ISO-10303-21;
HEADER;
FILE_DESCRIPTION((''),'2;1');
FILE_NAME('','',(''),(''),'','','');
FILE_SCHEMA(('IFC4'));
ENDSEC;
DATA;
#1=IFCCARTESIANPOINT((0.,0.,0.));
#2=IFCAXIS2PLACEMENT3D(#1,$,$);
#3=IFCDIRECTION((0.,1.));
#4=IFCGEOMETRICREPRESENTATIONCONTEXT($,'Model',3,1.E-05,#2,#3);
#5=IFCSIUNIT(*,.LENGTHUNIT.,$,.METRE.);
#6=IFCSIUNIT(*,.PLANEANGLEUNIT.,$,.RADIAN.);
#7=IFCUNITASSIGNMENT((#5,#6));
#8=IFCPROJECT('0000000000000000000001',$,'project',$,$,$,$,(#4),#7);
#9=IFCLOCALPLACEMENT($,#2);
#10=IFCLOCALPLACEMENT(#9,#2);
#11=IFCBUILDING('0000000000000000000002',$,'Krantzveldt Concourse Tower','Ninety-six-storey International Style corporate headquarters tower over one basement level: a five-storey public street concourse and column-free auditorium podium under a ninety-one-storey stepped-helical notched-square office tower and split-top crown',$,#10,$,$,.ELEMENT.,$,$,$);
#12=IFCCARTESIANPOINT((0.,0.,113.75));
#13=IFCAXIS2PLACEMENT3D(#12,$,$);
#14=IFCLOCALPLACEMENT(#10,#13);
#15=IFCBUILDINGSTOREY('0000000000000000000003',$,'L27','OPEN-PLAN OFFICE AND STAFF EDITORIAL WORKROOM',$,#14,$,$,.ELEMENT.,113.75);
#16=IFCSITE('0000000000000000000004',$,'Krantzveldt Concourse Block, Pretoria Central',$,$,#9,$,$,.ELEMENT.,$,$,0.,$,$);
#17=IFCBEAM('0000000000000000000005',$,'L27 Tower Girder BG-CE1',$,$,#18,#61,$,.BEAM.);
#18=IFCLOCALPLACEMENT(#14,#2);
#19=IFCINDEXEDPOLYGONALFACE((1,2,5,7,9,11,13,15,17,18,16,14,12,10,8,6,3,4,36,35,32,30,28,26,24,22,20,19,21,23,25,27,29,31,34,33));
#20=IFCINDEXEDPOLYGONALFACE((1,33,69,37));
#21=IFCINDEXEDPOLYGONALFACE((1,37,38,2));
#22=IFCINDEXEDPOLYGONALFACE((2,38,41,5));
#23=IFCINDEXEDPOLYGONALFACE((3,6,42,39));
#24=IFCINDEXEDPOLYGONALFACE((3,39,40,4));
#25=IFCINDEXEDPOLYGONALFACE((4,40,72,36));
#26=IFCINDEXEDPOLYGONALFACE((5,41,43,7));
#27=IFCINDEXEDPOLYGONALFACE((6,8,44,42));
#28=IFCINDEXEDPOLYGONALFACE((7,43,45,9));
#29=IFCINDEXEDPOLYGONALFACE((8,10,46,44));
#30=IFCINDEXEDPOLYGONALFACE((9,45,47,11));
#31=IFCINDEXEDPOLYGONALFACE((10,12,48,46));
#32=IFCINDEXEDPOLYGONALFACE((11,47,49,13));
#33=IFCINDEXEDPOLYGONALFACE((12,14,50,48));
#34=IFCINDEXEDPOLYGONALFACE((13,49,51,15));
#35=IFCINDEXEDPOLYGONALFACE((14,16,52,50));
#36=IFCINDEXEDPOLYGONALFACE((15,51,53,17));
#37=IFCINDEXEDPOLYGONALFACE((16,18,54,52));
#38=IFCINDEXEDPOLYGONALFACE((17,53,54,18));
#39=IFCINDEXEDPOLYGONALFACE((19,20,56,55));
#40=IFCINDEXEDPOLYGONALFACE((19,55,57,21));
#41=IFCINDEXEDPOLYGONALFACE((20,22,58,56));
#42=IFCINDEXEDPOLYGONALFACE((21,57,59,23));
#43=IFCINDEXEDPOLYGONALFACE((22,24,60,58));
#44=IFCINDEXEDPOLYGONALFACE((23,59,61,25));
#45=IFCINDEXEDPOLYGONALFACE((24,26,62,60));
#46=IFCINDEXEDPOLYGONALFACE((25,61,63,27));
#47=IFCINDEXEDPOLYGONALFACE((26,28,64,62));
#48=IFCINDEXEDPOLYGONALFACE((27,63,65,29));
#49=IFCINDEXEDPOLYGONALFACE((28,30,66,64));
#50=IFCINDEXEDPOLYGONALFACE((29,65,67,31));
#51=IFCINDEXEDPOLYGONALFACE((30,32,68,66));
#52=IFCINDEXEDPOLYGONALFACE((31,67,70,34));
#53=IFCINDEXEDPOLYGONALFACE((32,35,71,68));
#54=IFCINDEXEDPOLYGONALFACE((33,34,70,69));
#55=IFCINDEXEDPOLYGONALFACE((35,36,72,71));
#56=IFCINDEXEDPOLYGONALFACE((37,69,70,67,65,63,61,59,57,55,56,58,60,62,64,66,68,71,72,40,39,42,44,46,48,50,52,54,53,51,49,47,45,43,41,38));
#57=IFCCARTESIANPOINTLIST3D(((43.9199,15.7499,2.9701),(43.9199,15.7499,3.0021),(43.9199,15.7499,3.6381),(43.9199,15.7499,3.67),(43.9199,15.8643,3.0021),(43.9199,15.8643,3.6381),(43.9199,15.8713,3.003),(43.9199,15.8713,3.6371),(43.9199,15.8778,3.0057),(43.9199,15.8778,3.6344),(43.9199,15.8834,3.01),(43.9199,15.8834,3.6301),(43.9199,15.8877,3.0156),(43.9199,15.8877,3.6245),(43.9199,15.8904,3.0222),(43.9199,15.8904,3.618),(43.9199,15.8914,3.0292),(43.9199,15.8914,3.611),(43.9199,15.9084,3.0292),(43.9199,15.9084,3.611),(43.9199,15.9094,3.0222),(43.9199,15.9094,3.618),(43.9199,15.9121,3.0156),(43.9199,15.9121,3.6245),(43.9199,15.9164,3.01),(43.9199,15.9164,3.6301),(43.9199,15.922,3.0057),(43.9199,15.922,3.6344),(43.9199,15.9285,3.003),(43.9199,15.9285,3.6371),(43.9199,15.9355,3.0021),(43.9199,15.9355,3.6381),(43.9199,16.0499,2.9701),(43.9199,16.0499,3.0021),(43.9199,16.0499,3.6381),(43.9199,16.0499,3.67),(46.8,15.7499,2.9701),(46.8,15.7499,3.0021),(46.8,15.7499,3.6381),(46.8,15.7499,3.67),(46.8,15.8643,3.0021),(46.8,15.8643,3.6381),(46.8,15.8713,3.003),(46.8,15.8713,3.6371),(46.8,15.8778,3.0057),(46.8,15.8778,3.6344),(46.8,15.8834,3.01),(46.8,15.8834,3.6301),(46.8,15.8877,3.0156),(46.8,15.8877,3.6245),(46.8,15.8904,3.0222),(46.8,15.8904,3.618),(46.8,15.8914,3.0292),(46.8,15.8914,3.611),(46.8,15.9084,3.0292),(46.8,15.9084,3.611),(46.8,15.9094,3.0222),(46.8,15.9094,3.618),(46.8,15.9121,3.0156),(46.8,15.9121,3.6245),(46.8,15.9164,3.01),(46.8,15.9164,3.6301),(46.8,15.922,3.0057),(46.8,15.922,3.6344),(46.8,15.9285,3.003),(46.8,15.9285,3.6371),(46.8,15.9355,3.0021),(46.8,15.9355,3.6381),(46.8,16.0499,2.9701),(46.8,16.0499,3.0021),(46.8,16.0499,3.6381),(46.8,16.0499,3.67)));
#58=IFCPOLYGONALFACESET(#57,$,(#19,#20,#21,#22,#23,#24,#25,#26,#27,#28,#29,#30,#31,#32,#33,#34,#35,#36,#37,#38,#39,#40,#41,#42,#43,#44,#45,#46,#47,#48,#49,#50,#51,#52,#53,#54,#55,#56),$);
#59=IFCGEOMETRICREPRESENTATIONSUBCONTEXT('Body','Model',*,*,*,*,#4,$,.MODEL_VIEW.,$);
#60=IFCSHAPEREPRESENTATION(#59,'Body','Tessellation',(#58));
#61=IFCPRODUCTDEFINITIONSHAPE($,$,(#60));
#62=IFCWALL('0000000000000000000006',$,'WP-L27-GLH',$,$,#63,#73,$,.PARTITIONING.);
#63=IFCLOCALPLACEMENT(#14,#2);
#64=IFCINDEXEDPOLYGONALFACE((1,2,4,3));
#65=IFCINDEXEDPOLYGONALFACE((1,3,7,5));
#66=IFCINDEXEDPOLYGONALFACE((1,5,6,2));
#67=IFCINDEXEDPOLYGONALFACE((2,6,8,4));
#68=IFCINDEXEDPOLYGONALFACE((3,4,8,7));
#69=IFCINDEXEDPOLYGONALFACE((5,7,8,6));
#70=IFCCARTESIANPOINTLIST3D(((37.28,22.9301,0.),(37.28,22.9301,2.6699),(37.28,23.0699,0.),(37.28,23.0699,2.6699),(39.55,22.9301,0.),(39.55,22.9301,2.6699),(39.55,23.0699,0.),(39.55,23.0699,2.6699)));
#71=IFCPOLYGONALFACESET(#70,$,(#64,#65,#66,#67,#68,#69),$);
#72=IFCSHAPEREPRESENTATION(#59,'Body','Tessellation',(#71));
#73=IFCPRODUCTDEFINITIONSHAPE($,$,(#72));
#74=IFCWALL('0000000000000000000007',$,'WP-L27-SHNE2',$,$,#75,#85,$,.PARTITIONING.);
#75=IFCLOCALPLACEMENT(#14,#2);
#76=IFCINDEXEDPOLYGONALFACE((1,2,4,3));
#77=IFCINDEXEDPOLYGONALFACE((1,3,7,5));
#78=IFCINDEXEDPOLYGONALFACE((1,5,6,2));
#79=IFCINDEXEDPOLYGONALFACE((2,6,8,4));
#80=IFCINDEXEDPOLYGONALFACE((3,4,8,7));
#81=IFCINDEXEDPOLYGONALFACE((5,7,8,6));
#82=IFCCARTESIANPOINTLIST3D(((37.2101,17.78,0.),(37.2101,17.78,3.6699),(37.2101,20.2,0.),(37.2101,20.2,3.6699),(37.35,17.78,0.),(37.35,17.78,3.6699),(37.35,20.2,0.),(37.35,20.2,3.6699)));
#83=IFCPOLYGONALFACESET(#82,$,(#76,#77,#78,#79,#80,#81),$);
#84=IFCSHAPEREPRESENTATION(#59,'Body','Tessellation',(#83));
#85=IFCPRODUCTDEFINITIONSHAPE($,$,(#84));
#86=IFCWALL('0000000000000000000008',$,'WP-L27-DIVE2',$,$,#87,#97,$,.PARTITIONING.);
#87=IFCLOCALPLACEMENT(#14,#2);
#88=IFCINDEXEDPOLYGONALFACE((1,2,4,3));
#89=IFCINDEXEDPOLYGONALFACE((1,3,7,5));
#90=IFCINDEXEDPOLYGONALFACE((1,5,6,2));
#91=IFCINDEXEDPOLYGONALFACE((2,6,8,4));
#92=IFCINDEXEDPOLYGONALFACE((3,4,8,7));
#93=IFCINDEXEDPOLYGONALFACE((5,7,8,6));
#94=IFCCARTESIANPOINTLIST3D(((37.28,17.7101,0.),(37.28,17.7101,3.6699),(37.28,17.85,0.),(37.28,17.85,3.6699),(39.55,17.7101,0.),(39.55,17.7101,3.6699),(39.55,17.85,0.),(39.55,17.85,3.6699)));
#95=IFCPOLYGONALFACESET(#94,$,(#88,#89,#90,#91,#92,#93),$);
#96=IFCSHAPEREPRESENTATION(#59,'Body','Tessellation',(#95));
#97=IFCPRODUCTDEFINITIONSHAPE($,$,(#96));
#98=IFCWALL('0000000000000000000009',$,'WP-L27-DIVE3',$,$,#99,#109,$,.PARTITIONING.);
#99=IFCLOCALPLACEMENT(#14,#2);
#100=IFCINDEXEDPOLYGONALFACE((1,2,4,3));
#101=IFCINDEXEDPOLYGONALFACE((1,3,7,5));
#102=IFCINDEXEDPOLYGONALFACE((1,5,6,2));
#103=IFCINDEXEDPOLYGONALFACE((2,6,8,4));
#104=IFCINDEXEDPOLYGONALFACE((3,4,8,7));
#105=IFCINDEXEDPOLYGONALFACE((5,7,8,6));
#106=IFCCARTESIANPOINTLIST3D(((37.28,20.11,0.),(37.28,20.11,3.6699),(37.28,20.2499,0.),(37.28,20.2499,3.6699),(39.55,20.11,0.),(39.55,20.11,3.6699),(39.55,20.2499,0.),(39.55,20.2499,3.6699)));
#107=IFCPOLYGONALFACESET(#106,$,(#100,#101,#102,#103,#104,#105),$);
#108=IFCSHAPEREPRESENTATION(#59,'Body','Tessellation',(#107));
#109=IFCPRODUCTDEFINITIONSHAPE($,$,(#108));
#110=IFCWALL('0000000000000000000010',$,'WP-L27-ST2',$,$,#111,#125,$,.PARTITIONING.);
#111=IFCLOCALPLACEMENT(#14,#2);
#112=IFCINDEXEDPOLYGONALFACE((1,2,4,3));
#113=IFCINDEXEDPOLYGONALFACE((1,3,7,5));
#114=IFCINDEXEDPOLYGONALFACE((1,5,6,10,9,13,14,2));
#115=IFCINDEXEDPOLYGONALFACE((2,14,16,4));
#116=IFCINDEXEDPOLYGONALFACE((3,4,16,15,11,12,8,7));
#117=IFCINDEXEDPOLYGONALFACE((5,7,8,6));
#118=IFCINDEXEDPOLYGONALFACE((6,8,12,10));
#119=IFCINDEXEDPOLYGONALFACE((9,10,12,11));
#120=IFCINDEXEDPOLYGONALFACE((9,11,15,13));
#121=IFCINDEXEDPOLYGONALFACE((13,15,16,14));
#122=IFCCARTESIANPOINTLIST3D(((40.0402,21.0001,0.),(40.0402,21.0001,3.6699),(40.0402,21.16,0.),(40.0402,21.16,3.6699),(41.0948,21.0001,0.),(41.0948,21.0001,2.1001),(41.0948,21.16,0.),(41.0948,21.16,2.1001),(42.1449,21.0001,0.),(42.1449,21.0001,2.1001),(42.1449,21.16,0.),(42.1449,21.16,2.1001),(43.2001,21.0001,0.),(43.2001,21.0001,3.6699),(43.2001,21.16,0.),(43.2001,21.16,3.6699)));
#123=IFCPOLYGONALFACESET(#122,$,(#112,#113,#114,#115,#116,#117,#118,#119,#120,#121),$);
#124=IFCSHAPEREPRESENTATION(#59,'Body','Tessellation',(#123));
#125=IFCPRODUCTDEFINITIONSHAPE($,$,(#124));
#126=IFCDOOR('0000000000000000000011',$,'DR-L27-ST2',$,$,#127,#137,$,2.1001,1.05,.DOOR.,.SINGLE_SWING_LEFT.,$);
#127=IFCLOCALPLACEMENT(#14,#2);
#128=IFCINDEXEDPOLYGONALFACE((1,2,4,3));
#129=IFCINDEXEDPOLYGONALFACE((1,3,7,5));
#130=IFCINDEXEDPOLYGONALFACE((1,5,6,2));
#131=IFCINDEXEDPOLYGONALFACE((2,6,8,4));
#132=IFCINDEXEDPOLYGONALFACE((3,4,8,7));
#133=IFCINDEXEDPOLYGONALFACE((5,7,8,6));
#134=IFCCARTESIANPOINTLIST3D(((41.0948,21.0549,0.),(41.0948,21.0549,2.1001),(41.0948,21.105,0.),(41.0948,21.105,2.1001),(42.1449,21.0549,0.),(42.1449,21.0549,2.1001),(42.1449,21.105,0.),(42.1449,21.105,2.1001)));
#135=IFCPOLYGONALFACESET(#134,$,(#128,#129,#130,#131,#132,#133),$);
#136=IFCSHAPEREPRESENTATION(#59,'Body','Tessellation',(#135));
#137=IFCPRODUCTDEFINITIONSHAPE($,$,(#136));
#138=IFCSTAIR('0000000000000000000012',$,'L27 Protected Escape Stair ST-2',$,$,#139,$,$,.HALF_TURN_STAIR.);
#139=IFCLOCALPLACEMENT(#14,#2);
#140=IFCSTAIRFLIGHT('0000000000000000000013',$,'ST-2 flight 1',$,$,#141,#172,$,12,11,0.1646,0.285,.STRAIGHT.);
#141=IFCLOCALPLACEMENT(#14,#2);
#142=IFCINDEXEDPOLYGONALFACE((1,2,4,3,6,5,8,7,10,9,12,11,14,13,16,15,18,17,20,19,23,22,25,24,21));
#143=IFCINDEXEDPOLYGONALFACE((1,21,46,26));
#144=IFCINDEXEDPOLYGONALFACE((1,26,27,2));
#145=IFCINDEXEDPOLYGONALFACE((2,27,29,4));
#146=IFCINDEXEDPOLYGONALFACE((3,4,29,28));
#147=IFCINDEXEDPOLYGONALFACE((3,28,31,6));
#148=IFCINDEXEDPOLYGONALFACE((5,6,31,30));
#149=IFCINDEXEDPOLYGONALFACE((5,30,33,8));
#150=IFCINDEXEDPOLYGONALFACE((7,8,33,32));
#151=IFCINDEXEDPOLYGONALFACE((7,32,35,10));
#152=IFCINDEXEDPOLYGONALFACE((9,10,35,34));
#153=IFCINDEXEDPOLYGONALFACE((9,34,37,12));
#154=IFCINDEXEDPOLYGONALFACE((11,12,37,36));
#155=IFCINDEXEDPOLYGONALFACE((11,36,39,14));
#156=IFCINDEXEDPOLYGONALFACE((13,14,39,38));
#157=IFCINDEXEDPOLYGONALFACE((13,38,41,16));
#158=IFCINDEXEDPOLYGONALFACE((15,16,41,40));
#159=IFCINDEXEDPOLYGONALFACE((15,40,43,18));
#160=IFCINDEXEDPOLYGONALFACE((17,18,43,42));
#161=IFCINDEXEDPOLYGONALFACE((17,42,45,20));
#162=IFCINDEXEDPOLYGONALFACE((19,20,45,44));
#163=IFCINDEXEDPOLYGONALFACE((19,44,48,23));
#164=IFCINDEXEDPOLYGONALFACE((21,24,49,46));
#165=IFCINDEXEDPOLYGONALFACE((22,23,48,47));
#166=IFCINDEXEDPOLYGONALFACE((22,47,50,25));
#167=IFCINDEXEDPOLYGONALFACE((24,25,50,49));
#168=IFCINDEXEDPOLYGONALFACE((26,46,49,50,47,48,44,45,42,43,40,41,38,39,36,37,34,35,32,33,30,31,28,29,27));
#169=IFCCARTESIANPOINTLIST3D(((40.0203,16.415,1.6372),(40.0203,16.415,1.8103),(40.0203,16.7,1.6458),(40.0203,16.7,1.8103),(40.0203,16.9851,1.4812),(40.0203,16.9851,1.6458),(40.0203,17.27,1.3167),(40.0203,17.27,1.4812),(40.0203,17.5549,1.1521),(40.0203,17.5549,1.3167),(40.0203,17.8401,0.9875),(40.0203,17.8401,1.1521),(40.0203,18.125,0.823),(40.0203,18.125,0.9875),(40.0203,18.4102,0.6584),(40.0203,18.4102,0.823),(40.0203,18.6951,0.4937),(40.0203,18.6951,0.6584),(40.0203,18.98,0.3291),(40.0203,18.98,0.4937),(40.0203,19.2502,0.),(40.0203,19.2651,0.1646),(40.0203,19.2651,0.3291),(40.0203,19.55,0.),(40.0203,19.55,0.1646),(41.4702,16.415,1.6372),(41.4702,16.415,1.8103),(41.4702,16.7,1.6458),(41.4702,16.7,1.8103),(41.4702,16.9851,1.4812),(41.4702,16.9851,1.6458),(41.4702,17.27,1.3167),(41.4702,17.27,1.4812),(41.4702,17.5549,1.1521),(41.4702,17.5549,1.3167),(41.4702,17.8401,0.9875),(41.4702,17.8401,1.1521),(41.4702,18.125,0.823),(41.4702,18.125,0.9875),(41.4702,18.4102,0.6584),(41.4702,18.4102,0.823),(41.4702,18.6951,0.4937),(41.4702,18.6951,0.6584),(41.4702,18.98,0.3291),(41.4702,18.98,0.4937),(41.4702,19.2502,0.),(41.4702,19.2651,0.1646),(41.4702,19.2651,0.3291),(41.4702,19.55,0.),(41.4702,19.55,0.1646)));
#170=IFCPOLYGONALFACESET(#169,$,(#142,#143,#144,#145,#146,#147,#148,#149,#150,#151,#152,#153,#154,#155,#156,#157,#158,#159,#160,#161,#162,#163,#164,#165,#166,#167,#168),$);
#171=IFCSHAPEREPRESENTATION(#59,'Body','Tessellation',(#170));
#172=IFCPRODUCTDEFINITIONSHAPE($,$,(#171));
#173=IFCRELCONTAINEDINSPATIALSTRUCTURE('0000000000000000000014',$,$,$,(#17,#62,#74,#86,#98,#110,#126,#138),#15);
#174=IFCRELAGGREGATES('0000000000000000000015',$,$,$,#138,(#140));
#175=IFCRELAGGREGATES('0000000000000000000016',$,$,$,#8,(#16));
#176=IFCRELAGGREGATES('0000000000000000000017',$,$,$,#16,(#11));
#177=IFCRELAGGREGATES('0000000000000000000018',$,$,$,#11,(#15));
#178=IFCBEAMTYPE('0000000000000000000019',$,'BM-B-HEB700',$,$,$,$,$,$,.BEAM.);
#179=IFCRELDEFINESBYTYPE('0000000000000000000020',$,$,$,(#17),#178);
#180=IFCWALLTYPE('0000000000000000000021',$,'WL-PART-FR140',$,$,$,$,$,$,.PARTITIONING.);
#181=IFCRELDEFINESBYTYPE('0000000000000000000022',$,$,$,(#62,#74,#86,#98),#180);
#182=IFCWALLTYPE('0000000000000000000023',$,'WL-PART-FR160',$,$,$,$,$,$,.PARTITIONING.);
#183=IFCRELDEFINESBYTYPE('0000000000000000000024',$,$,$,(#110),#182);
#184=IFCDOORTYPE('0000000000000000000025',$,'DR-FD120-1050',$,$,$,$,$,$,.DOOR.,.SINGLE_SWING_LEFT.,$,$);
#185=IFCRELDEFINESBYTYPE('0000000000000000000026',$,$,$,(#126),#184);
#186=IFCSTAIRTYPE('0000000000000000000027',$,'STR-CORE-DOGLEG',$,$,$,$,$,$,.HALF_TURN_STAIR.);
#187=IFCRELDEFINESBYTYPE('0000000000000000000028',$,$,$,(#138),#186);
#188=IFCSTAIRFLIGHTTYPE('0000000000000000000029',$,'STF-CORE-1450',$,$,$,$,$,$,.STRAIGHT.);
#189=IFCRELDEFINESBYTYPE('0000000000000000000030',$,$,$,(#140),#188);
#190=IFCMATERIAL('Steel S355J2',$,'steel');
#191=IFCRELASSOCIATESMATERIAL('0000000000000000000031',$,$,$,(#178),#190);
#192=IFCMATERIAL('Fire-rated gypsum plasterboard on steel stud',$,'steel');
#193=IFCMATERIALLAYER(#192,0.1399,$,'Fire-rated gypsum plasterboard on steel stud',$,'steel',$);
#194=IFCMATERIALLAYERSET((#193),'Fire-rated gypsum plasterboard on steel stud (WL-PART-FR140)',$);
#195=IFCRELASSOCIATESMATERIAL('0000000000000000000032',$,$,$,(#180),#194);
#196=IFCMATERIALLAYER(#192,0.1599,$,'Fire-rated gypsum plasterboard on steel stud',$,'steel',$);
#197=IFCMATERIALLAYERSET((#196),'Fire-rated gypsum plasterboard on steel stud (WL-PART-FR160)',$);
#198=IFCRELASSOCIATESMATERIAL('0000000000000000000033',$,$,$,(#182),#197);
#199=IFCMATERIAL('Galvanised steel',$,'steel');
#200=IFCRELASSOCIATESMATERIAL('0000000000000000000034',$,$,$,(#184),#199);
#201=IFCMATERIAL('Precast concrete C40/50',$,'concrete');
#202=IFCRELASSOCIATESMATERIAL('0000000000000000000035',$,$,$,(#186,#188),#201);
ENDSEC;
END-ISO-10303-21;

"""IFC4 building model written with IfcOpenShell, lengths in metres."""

from ifc_helpers import new_model, si_unit, direction, frame, frame_2d, origin, origin_2d, place, context, subcontext, project, spatial, polyline, rectangle, i_section, outline, extrude, source, transform, mapped, material, layer, layer_set, material_profile, profile_set, type_object, type_shapes, element, fill, aggregate, save


model = new_model("IFC4")

# Units and contexts
model_context = context("Model", 3, precision=1e-05, world=origin(), true_north=direction((0.0, 1.0)))
body_context = subcontext(model_context, "Body", "Model", "MODEL_VIEW")
ifc_project = project(units=[si_unit("LENGTHUNIT", "METRE"), si_unit("PLANEANGLEUNIT", "RADIAN")], contexts=[model_context])

# Site, building, storey
site_placement = place(None, origin())
site = spatial("IfcSite", under=ifc_project, at=site_placement, Name="Krantzveldt Concourse Block, Pretoria Central", CompositionType="ELEMENT", RefElevation=0.0)
building_placement = place(site_placement, origin())
building = spatial("IfcBuilding", under=site, at=building_placement, Name="Krantzveldt Concourse Tower", Description="Ninety-six-storey International Style corporate headquarters tower over one basement level: a five-storey public street concourse and column-free auditorium podium under a ninety-one-storey stepped-helical notched-square office tower and split-top crown", CompositionType="ELEMENT")
storey_placement = place(building_placement, frame((0.0, 0.0, 113.75)))
storey = spatial("IfcBuildingStorey", under=building, at=storey_placement, Name="L27", Description="OPEN-PLAN OFFICE AND STAFF EDITORIAL WORKROOM", CompositionType="ELEMENT", Elevation=113.75)

# Beam
ifc_material_1 = material(Name="Steel S355J2", Category="steel")
ifc_material_profile = material_profile(ifc_material_1, i_section(OverallWidth=0.3, OverallDepth=0.7, WebThickness=0.0171, FlangeThickness=0.032, FilletRadius=0.0271, at=origin_2d()), Name="Steel S355J2", Category="steel")
ifc_profile_set = profile_set([ifc_material_profile], Name="Steel S355J2 - HEB 700")
beam_type = type_object("IfcBeamType", Name="BM-B-HEB700", PredefinedType="BEAM", material=ifc_profile_set)
shared_shape = source(origin(), body_context, "Body", "SweptSolid", [
    extrude(i_section(OverallWidth=0.3, OverallDepth=0.7, WebThickness=0.0171, FlangeThickness=0.032, FilletRadius=0.0271, at=origin_2d()), origin(), (0.0, 0.0, 1.0), 2.8801),
])
type_shapes(beam_type, [shared_shape])
beam_placement = place(storey_placement, frame((43.9199, 15.8999, 3.3201), z_axis=(1.0, 0.0, 0.0), x_axis=(0.0, 1.0, 0.0)))
element("IfcBeam", 1, at=beam_placement, inside=storey, type_object=beam_type, Name="L27 Tower Girder BG-CE1", PredefinedType="BEAM", context=body_context, shape_type="MappedRepresentation", body=[
    mapped(shared_shape, transform((0.0, 0.0, 0.0), x_axis=(1.0, 0.0, 0.0), y_axis=(0.0, 1.0, 0.0), z_axis=(0.0, 0.0, 1.0), scale=1.0)),
])

# Shared definitions
ifc_material_2 = material(Name="Fire-rated gypsum plasterboard on steel stud", Category="steel")
ifc_layer_1 = layer(ifc_material_2, 0.1399, Name="Fire-rated gypsum plasterboard on steel stud", Category="steel")
ifc_layer_set_1 = layer_set([ifc_layer_1], Name="Fire-rated gypsum plasterboard on steel stud (WL-PART-FR140)")
wall_type_1 = type_object("IfcWallType", Name="WL-PART-FR140", PredefinedType="PARTITIONING", material=ifc_layer_set_1)

# Walls
wall_1_placement = place(storey_placement, frame((37.28, 23.0, 0.0), z_axis=(0.0, 0.0, 1.0), x_axis=(1.0, 0.0, 0.0)))
element("IfcWall", 2, at=wall_1_placement, inside=storey, type_object=wall_type_1, Name="WP-L27-GLH", PredefinedType="PARTITIONING", context=body_context, shape_type="SweptSolid", body=[
    extrude(rectangle(XDim=2.27, YDim=0.1399, at=frame_2d((1.135, 0.0))), origin(), (0.0, 0.0, 1.0), 2.6699),
])
wall_2_placement = place(storey_placement, frame((37.28, 17.78, 0.0), z_axis=(0.0, 0.0, 1.0), x_axis=(0.0, 1.0, 0.0)))
element("IfcWall", 3, at=wall_2_placement, inside=storey, type_object=wall_type_1, Name="WP-L27-SHNE2", PredefinedType="PARTITIONING", context=body_context, shape_type="SweptSolid", body=[
    extrude(rectangle(XDim=2.4199, YDim=0.1399, at=frame_2d((1.21, 0.0))), origin(), (0.0, 0.0, 1.0), 3.6699),
])
for number, where, z_axis, x_axis, name in (
    (4, (37.28, 17.78, 0.0), (0.0, 0.0, 1.0), (1.0, 0.0, 0.0), "WP-L27-DIVE2"),
    (5, (37.28, 20.1799, 0.0), (0.0, 0.0, 1.0), (1.0, 0.0, 0.0), "WP-L27-DIVE3"),
):
    element("IfcWall", number, at=place(storey_placement, frame(where, z_axis=z_axis, x_axis=x_axis)), inside=storey, type_object=wall_type_1, Name=name, PredefinedType="PARTITIONING", context=body_context, shape_type="SweptSolid", body=[
        extrude(rectangle(XDim=2.27, YDim=0.1399, at=frame_2d((1.135, 0.0))), origin(), (0.0, 0.0, 1.0), 3.6699),
    ])

# Wall, opening, door
ifc_layer_2 = layer(ifc_material_2, 0.1599, Name="Fire-rated gypsum plasterboard on steel stud", Category="steel")
ifc_layer_set_2 = layer_set([ifc_layer_2], Name="Fire-rated gypsum plasterboard on steel stud (WL-PART-FR160)")
wall_type_2 = type_object("IfcWallType", Name="WL-PART-FR160", PredefinedType="PARTITIONING", material=ifc_layer_set_2)
wall_3_placement = place(storey_placement, frame((40.04, 21.0801, 0.0), z_axis=(0.0, 0.0, 1.0), x_axis=(1.0, 0.0, 0.0)))
wall_3 = element("IfcWall", 6, at=wall_3_placement, inside=storey, type_object=wall_type_2, Name="WP-L27-ST2", PredefinedType="PARTITIONING", context=body_context, shape_type="SweptSolid", body=[
    extrude(rectangle(XDim=3.1599, YDim=0.1599, at=frame_2d((1.5801, 0.0))), origin(), (0.0, 0.0, 1.0), 3.6699),
])
opening_1_placement = place(wall_3_placement, frame((1.0549, 0.0, 0.0)))
opening_1 = element("IfcOpeningElement", 7, at=opening_1_placement, cuts=wall_3, PredefinedType="OPENING", context=body_context, shape_type="SweptSolid", body=[
    extrude(rectangle(XDim=1.05, YDim=2.1001, at=frame_2d((0.5249, 1.05))), frame((0.0, 0.0898, 0.0), z_axis=(0.0, -1.0, 0.0), x_axis=(1.0, 0.0, 0.0)), (0.0, 0.0, 1.0), 0.1799),
])
ifc_material_3 = material(Name="Galvanised steel", Category="steel")
door_type_1 = type_object("IfcDoorType", Name="DR-FD120-1050", OperationType="SINGLE_SWING_LEFT", PredefinedType="DOOR", material=ifc_material_3)
door_1_placement = place(opening_1_placement, origin())
door_1 = element("IfcDoor", 8, at=door_1_placement, inside=storey, type_object=door_type_1, Name="DR-L27-ST2", OperationType="SINGLE_SWING_LEFT", OverallHeight=2.1001, OverallWidth=1.05, PredefinedType="DOOR", context=body_context, shape_type="SweptSolid", body=[
    extrude(rectangle(XDim=1.05, YDim=2.1001, at=frame_2d((0.5249, 1.05))), frame((0.0, 0.0249, 0.0), z_axis=(0.0, -1.0, 0.0), x_axis=(1.0, 0.0, 0.0)), (0.0, 0.0, 1.0), 0.05),
])
fill(opening_1, door_1)

# Stair, stair flight
ifc_material_4 = material(Name="Precast concrete C40/50", Category="concrete")
stair_type = type_object("IfcStairType", Name="STR-CORE-DOGLEG", PredefinedType="HALF_TURN_STAIR", material=ifc_material_4)
stair_placement = place(storey_placement, origin())
stair = element("IfcStair", 9, at=stair_placement, inside=storey, type_object=stair_type, Name="L27 Protected Escape Stair ST-2", PredefinedType="HALF_TURN_STAIR")
stair_flight_type = type_object("IfcStairFlightType", Name="STF-CORE-1450", PredefinedType="STRAIGHT", material=ifc_material_4)
stair_flight_1_placement = place(storey_placement, frame((40.7451, 19.55, 0.0), z_axis=(0.0, 0.0, 1.0), x_axis=(0.0, -1.0, 0.0)))
stair_flight_1 = element("IfcStairFlight", 10, at=stair_flight_1_placement, type_object=stair_flight_type, Name="ST-2 flight 1", NumberOfRisers=12, NumberOfTreads=11, PredefinedType="STRAIGHT", RiserHeight=0.1646, TreadLength=0.285, context=body_context, shape_type="SweptSolid", body=[
    extrude(outline(polyline([(0.0, 0.0), (0.0, 0.1646), (0.2849, 0.1646), (0.2849, 0.3291), (0.5701, 0.3291), (0.5701, 0.4937), (0.855, 0.4937), (0.855, 0.6584), (1.1399, 0.6584), (1.1399, 0.823), (1.425, 0.823), (1.425, 0.9875), (1.71, 0.9875), (1.71, 1.1521), (1.9951, 1.1521), (1.9951, 1.3167), (2.28, 1.3167), (2.28, 1.4812), (2.5649, 1.4812), (2.5649, 1.6458), (2.8501, 1.6458), (2.8501, 1.8103), (3.135, 1.8103), (3.135, 1.9751), (3.135, 1.6372), (0.2998, 0.0), (0.0, 0.0)])), frame((0.0, 0.7251, 0.0), z_axis=(0.0, -1.0, 0.0), x_axis=(1.0, 0.0, 0.0)), (0.0, 0.0, 1.0), 1.45),
])
aggregate(stair, [stair_flight_1])

save(model, "model.ifc")
